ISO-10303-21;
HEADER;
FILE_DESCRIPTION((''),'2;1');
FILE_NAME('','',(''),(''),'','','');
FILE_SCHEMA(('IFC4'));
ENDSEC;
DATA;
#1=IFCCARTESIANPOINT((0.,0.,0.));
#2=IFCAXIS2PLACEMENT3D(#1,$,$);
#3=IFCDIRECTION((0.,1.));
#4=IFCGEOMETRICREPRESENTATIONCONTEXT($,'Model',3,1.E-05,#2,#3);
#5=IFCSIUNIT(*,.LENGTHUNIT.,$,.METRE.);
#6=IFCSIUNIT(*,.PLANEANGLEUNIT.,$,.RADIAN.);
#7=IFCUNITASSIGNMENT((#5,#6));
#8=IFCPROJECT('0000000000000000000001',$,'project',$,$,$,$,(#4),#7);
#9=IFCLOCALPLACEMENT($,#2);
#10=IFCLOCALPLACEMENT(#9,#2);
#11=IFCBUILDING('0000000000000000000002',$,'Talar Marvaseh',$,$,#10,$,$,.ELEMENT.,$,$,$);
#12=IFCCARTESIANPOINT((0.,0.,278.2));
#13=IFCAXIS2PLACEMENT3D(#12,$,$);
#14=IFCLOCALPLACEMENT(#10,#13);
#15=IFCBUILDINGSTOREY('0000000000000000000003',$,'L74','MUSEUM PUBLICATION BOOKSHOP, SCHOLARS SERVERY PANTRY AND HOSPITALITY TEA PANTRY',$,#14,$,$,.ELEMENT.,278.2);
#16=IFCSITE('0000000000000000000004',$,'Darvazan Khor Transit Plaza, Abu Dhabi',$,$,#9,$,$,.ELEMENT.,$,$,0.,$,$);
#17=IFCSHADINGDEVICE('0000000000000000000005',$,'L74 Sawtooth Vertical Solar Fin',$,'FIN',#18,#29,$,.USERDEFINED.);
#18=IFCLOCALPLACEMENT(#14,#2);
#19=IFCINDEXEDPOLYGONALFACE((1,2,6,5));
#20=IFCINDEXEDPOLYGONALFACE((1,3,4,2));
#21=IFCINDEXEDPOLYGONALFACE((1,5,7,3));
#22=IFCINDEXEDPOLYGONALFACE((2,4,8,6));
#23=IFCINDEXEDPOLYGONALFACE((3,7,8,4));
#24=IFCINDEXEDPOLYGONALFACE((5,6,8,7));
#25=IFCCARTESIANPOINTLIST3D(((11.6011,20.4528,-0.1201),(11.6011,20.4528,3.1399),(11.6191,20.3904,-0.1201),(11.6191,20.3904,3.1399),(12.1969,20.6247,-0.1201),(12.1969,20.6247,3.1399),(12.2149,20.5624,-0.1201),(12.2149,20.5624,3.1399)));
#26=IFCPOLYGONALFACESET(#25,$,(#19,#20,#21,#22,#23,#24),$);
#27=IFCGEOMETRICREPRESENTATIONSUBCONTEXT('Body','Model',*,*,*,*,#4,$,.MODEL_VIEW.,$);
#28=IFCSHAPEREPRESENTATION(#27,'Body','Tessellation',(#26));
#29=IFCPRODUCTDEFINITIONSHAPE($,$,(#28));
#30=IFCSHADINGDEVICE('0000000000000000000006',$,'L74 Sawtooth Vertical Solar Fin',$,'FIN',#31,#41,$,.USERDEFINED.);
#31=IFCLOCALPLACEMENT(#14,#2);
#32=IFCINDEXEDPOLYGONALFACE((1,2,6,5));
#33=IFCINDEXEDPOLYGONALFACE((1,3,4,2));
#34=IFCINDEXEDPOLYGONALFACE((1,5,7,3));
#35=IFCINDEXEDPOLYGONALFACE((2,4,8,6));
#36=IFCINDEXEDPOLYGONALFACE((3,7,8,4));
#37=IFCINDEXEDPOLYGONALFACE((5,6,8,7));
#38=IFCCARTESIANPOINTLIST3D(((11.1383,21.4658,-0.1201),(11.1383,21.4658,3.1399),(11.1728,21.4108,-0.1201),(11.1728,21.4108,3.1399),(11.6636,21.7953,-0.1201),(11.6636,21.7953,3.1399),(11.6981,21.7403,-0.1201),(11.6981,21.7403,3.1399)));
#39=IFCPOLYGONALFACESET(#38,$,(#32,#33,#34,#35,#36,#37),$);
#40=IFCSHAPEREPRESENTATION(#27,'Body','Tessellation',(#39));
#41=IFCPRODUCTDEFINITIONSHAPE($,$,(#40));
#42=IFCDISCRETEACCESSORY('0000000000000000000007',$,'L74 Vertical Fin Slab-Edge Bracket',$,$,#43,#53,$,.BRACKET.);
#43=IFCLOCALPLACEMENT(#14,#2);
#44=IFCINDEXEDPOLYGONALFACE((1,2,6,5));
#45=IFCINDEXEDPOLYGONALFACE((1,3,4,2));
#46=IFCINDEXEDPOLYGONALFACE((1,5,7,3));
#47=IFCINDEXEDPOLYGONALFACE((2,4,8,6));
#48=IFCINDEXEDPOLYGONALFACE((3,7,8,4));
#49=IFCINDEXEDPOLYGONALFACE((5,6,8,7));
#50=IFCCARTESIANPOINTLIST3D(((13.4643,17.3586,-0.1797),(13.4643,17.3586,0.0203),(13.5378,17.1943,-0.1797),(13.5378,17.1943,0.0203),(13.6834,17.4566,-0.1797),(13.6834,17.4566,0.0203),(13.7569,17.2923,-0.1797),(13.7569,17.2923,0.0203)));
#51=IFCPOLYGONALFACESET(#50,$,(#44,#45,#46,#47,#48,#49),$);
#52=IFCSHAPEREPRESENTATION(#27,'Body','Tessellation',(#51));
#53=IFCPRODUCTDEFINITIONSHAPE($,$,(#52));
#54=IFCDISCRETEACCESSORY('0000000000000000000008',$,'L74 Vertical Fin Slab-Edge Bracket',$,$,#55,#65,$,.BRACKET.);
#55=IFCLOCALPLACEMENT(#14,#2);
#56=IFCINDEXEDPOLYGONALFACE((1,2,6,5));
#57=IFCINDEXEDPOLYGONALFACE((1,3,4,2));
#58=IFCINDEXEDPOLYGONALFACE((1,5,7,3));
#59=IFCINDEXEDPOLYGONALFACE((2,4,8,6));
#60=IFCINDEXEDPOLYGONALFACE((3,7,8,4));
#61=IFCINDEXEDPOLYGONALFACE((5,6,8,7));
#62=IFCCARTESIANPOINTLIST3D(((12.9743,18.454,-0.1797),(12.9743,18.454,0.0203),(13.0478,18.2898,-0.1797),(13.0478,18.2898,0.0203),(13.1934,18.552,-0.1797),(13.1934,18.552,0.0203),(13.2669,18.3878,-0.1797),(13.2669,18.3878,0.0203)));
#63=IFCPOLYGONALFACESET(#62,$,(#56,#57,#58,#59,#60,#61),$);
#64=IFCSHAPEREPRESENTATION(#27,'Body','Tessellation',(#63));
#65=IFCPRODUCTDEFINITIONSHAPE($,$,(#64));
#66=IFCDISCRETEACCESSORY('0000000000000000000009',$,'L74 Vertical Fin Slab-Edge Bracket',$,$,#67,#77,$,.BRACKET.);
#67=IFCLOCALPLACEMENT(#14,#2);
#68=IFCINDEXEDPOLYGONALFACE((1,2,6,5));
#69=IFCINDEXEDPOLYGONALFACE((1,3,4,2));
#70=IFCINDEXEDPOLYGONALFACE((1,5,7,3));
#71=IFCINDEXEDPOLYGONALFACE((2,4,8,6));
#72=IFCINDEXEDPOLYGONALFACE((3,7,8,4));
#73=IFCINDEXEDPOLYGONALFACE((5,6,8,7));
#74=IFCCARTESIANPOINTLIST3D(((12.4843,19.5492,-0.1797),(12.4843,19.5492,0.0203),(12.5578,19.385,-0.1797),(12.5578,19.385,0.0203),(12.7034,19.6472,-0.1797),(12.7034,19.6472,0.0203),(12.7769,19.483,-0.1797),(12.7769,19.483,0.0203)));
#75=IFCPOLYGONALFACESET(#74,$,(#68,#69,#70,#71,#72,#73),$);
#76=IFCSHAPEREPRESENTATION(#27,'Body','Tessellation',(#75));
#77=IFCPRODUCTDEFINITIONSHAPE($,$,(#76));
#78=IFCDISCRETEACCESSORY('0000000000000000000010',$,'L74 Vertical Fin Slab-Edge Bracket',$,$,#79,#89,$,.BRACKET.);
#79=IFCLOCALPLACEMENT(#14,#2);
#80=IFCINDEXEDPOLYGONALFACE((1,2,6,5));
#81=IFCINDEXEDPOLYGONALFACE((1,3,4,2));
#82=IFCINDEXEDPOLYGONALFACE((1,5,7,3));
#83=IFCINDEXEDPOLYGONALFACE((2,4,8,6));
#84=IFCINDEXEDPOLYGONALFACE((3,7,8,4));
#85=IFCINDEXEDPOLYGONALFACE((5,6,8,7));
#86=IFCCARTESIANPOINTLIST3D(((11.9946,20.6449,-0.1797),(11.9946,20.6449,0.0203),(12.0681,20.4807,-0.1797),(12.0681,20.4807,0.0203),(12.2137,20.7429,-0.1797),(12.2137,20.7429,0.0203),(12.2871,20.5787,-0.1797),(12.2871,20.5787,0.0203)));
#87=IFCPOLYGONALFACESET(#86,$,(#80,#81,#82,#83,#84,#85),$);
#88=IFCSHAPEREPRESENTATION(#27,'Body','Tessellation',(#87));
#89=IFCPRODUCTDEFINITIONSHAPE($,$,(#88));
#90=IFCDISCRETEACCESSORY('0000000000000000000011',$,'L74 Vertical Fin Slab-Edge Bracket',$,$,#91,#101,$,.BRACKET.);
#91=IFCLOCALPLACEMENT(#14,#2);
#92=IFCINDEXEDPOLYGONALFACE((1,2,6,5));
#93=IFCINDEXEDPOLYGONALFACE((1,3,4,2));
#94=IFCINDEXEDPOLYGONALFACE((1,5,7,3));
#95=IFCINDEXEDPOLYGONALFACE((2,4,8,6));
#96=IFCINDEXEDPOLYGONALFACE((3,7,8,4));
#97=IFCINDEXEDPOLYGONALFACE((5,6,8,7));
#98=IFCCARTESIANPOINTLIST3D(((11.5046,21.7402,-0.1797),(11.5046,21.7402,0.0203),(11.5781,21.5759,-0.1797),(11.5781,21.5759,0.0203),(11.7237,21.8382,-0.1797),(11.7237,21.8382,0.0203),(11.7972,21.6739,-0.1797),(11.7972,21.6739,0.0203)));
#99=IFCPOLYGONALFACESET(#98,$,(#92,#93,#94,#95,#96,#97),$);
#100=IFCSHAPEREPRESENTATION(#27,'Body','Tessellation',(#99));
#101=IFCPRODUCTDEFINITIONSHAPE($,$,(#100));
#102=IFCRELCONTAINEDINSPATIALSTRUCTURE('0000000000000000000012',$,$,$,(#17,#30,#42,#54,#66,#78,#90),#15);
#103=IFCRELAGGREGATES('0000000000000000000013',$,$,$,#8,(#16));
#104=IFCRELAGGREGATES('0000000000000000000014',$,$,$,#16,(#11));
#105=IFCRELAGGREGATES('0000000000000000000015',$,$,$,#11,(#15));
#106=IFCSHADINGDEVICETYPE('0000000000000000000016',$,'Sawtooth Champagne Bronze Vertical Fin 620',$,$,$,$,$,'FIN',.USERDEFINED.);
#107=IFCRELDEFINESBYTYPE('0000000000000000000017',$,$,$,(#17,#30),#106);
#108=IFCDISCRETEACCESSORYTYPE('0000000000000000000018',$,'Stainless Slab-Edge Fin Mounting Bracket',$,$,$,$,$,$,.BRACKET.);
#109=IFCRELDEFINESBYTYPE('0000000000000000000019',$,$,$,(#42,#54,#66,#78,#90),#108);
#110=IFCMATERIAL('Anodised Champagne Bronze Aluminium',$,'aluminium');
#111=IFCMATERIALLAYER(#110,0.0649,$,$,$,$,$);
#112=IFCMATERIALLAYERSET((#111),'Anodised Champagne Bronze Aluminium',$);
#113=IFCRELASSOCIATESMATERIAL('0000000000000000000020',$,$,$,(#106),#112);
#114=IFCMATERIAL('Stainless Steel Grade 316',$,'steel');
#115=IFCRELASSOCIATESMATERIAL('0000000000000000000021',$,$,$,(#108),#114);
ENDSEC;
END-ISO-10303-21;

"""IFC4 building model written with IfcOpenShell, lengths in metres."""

from ifc_helpers import new_model, si_unit, direction, frame, origin, origin_2d, place, context, subcontext, project, spatial, rectangle, extrude, source, transform, mapped, material, layer, layer_set, type_object, type_shapes, element, save


model = new_model("IFC4")

# Units and contexts
model_context = context("Model", 3, precision=1e-05, world=origin(), true_north=direction((0.0, 1.0)))
body_context = subcontext(model_context, "Body", "Model", "MODEL_VIEW")
ifc_project = project(units=[si_unit("LENGTHUNIT", "METRE"), si_unit("PLANEANGLEUNIT", "RADIAN")], contexts=[model_context])

# Site, building, storey
site_placement = place(None, origin())
site = spatial("IfcSite", under=ifc_project, at=site_placement, Name="Darvazan Khor Transit Plaza, Abu Dhabi", CompositionType="ELEMENT", RefElevation=0.0)
building_placement = place(site_placement, origin())
building = spatial("IfcBuilding", under=site, at=building_placement, Name="Talar Marvaseh", CompositionType="ELEMENT")
storey_placement = place(building_placement, frame((0.0, 0.0, 278.2)))
storey = spatial("IfcBuildingStorey", under=building, at=storey_placement, Name="L74", Description="MUSEUM PUBLICATION BOOKSHOP, SCHOLARS SERVERY PANTRY AND HOSPITALITY TEA PANTRY", CompositionType="ELEMENT", Elevation=278.2)

# Shading devices
ifc_material_1 = material(Name="Anodised Champagne Bronze Aluminium", Category="aluminium")
ifc_layer_1 = layer(ifc_material_1, 0.0649)
ifc_layer_set_1 = layer_set([ifc_layer_1], Name="Anodised Champagne Bronze Aluminium")
shading_device_type_1 = type_object("IfcShadingDeviceType", Name="Sawtooth Champagne Bronze Vertical Fin 620", ElementType="FIN", PredefinedType="USERDEFINED", material=ifc_layer_set_1)
shared_shape_1 = source(origin(), body_context, "Body", "SweptSolid", [
    extrude(rectangle(XDim=0.6201, YDim=0.0649, at=origin_2d()), origin(), (0.0, 0.0, 1.0), 3.26),
])
type_shapes(shading_device_type_1, [shared_shape_1])
for number, where, z_axis, x_axis, name in (
    (1, (11.908, 20.5076, -0.1201), (0.0, 0.0, 1.0), (-0.960779, -0.277315, 0.0), "L74 Sawtooth Vertical Solar Fin"),
    (2, (11.4182, 21.603, -0.1201), (0.0, 0.0, 1.0), (-0.847122, -0.531399, 0.0), "L74 Sawtooth Vertical Solar Fin"),
):
    element("IfcShadingDevice", number, at=place(storey_placement, frame(where, z_axis=z_axis, x_axis=x_axis)), inside=storey, type_object=shading_device_type_1, Name=name, ObjectType="FIN", PredefinedType="USERDEFINED", context=body_context, shape_type="MappedRepresentation", body=[
        mapped(shared_shape_1, transform((0.0, 0.0, 0.0), x_axis=(1.0, 0.0, 0.0), y_axis=(0.0, 1.0, 0.0), z_axis=(0.0, 0.0, 1.0), scale=1.0)),
    ])

# Discrete accessories
ifc_material_2 = material(Name="Stainless Steel Grade 316", Category="steel")
discrete_accessory_type = type_object("IfcDiscreteAccessoryType", Name="Stainless Slab-Edge Fin Mounting Bracket", PredefinedType="BRACKET", material=ifc_material_2)
shared_shape_2 = source(origin(), body_context, "Body", "SweptSolid", [
    extrude(rectangle(XDim=0.24, YDim=0.1799, at=origin_2d()), origin(), (0.0, 0.0, 1.0), 0.2),
])
type_shapes(discrete_accessory_type, [shared_shape_2])
for number, where, z_axis, x_axis, name in (
    (3, (13.6106, 17.3254, -0.1797), (0.0, 0.0, 1.0), (-0.912834, -0.40833, 0.0), "L74 Vertical Fin Slab-Edge Bracket"),
    (4, (13.1206, 18.4209, -0.1797), (0.0, 0.0, 1.0), (-0.912834, -0.40833, 0.0), "L74 Vertical Fin Slab-Edge Bracket"),
    (5, (12.6306, 19.5161, -0.1797), (0.0, 0.0, 1.0), (-0.912834, -0.40833, 0.0), "L74 Vertical Fin Slab-Edge Bracket"),
    (6, (12.1409, 20.6118, -0.1797), (0.0, 0.0, 1.0), (-0.912834, -0.40833, 0.0), "L74 Vertical Fin Slab-Edge Bracket"),
    (7, (11.6509, 21.707, -0.1797), (0.0, 0.0, 1.0), (-0.912834, -0.40833, 0.0), "L74 Vertical Fin Slab-Edge Bracket"),
):
    element("IfcDiscreteAccessory", number, at=place(storey_placement, frame(where, z_axis=z_axis, x_axis=x_axis)), inside=storey, type_object=discrete_accessory_type, Name=name, PredefinedType="BRACKET", context=body_context, shape_type="MappedRepresentation", body=[
        mapped(shared_shape_2, transform((0.0, 0.0, 0.0), x_axis=(1.0, 0.0, 0.0), y_axis=(0.0, 1.0, 0.0), z_axis=(0.0, 0.0, 1.0), scale=1.0)),
    ])

save(model, "model.ifc")
